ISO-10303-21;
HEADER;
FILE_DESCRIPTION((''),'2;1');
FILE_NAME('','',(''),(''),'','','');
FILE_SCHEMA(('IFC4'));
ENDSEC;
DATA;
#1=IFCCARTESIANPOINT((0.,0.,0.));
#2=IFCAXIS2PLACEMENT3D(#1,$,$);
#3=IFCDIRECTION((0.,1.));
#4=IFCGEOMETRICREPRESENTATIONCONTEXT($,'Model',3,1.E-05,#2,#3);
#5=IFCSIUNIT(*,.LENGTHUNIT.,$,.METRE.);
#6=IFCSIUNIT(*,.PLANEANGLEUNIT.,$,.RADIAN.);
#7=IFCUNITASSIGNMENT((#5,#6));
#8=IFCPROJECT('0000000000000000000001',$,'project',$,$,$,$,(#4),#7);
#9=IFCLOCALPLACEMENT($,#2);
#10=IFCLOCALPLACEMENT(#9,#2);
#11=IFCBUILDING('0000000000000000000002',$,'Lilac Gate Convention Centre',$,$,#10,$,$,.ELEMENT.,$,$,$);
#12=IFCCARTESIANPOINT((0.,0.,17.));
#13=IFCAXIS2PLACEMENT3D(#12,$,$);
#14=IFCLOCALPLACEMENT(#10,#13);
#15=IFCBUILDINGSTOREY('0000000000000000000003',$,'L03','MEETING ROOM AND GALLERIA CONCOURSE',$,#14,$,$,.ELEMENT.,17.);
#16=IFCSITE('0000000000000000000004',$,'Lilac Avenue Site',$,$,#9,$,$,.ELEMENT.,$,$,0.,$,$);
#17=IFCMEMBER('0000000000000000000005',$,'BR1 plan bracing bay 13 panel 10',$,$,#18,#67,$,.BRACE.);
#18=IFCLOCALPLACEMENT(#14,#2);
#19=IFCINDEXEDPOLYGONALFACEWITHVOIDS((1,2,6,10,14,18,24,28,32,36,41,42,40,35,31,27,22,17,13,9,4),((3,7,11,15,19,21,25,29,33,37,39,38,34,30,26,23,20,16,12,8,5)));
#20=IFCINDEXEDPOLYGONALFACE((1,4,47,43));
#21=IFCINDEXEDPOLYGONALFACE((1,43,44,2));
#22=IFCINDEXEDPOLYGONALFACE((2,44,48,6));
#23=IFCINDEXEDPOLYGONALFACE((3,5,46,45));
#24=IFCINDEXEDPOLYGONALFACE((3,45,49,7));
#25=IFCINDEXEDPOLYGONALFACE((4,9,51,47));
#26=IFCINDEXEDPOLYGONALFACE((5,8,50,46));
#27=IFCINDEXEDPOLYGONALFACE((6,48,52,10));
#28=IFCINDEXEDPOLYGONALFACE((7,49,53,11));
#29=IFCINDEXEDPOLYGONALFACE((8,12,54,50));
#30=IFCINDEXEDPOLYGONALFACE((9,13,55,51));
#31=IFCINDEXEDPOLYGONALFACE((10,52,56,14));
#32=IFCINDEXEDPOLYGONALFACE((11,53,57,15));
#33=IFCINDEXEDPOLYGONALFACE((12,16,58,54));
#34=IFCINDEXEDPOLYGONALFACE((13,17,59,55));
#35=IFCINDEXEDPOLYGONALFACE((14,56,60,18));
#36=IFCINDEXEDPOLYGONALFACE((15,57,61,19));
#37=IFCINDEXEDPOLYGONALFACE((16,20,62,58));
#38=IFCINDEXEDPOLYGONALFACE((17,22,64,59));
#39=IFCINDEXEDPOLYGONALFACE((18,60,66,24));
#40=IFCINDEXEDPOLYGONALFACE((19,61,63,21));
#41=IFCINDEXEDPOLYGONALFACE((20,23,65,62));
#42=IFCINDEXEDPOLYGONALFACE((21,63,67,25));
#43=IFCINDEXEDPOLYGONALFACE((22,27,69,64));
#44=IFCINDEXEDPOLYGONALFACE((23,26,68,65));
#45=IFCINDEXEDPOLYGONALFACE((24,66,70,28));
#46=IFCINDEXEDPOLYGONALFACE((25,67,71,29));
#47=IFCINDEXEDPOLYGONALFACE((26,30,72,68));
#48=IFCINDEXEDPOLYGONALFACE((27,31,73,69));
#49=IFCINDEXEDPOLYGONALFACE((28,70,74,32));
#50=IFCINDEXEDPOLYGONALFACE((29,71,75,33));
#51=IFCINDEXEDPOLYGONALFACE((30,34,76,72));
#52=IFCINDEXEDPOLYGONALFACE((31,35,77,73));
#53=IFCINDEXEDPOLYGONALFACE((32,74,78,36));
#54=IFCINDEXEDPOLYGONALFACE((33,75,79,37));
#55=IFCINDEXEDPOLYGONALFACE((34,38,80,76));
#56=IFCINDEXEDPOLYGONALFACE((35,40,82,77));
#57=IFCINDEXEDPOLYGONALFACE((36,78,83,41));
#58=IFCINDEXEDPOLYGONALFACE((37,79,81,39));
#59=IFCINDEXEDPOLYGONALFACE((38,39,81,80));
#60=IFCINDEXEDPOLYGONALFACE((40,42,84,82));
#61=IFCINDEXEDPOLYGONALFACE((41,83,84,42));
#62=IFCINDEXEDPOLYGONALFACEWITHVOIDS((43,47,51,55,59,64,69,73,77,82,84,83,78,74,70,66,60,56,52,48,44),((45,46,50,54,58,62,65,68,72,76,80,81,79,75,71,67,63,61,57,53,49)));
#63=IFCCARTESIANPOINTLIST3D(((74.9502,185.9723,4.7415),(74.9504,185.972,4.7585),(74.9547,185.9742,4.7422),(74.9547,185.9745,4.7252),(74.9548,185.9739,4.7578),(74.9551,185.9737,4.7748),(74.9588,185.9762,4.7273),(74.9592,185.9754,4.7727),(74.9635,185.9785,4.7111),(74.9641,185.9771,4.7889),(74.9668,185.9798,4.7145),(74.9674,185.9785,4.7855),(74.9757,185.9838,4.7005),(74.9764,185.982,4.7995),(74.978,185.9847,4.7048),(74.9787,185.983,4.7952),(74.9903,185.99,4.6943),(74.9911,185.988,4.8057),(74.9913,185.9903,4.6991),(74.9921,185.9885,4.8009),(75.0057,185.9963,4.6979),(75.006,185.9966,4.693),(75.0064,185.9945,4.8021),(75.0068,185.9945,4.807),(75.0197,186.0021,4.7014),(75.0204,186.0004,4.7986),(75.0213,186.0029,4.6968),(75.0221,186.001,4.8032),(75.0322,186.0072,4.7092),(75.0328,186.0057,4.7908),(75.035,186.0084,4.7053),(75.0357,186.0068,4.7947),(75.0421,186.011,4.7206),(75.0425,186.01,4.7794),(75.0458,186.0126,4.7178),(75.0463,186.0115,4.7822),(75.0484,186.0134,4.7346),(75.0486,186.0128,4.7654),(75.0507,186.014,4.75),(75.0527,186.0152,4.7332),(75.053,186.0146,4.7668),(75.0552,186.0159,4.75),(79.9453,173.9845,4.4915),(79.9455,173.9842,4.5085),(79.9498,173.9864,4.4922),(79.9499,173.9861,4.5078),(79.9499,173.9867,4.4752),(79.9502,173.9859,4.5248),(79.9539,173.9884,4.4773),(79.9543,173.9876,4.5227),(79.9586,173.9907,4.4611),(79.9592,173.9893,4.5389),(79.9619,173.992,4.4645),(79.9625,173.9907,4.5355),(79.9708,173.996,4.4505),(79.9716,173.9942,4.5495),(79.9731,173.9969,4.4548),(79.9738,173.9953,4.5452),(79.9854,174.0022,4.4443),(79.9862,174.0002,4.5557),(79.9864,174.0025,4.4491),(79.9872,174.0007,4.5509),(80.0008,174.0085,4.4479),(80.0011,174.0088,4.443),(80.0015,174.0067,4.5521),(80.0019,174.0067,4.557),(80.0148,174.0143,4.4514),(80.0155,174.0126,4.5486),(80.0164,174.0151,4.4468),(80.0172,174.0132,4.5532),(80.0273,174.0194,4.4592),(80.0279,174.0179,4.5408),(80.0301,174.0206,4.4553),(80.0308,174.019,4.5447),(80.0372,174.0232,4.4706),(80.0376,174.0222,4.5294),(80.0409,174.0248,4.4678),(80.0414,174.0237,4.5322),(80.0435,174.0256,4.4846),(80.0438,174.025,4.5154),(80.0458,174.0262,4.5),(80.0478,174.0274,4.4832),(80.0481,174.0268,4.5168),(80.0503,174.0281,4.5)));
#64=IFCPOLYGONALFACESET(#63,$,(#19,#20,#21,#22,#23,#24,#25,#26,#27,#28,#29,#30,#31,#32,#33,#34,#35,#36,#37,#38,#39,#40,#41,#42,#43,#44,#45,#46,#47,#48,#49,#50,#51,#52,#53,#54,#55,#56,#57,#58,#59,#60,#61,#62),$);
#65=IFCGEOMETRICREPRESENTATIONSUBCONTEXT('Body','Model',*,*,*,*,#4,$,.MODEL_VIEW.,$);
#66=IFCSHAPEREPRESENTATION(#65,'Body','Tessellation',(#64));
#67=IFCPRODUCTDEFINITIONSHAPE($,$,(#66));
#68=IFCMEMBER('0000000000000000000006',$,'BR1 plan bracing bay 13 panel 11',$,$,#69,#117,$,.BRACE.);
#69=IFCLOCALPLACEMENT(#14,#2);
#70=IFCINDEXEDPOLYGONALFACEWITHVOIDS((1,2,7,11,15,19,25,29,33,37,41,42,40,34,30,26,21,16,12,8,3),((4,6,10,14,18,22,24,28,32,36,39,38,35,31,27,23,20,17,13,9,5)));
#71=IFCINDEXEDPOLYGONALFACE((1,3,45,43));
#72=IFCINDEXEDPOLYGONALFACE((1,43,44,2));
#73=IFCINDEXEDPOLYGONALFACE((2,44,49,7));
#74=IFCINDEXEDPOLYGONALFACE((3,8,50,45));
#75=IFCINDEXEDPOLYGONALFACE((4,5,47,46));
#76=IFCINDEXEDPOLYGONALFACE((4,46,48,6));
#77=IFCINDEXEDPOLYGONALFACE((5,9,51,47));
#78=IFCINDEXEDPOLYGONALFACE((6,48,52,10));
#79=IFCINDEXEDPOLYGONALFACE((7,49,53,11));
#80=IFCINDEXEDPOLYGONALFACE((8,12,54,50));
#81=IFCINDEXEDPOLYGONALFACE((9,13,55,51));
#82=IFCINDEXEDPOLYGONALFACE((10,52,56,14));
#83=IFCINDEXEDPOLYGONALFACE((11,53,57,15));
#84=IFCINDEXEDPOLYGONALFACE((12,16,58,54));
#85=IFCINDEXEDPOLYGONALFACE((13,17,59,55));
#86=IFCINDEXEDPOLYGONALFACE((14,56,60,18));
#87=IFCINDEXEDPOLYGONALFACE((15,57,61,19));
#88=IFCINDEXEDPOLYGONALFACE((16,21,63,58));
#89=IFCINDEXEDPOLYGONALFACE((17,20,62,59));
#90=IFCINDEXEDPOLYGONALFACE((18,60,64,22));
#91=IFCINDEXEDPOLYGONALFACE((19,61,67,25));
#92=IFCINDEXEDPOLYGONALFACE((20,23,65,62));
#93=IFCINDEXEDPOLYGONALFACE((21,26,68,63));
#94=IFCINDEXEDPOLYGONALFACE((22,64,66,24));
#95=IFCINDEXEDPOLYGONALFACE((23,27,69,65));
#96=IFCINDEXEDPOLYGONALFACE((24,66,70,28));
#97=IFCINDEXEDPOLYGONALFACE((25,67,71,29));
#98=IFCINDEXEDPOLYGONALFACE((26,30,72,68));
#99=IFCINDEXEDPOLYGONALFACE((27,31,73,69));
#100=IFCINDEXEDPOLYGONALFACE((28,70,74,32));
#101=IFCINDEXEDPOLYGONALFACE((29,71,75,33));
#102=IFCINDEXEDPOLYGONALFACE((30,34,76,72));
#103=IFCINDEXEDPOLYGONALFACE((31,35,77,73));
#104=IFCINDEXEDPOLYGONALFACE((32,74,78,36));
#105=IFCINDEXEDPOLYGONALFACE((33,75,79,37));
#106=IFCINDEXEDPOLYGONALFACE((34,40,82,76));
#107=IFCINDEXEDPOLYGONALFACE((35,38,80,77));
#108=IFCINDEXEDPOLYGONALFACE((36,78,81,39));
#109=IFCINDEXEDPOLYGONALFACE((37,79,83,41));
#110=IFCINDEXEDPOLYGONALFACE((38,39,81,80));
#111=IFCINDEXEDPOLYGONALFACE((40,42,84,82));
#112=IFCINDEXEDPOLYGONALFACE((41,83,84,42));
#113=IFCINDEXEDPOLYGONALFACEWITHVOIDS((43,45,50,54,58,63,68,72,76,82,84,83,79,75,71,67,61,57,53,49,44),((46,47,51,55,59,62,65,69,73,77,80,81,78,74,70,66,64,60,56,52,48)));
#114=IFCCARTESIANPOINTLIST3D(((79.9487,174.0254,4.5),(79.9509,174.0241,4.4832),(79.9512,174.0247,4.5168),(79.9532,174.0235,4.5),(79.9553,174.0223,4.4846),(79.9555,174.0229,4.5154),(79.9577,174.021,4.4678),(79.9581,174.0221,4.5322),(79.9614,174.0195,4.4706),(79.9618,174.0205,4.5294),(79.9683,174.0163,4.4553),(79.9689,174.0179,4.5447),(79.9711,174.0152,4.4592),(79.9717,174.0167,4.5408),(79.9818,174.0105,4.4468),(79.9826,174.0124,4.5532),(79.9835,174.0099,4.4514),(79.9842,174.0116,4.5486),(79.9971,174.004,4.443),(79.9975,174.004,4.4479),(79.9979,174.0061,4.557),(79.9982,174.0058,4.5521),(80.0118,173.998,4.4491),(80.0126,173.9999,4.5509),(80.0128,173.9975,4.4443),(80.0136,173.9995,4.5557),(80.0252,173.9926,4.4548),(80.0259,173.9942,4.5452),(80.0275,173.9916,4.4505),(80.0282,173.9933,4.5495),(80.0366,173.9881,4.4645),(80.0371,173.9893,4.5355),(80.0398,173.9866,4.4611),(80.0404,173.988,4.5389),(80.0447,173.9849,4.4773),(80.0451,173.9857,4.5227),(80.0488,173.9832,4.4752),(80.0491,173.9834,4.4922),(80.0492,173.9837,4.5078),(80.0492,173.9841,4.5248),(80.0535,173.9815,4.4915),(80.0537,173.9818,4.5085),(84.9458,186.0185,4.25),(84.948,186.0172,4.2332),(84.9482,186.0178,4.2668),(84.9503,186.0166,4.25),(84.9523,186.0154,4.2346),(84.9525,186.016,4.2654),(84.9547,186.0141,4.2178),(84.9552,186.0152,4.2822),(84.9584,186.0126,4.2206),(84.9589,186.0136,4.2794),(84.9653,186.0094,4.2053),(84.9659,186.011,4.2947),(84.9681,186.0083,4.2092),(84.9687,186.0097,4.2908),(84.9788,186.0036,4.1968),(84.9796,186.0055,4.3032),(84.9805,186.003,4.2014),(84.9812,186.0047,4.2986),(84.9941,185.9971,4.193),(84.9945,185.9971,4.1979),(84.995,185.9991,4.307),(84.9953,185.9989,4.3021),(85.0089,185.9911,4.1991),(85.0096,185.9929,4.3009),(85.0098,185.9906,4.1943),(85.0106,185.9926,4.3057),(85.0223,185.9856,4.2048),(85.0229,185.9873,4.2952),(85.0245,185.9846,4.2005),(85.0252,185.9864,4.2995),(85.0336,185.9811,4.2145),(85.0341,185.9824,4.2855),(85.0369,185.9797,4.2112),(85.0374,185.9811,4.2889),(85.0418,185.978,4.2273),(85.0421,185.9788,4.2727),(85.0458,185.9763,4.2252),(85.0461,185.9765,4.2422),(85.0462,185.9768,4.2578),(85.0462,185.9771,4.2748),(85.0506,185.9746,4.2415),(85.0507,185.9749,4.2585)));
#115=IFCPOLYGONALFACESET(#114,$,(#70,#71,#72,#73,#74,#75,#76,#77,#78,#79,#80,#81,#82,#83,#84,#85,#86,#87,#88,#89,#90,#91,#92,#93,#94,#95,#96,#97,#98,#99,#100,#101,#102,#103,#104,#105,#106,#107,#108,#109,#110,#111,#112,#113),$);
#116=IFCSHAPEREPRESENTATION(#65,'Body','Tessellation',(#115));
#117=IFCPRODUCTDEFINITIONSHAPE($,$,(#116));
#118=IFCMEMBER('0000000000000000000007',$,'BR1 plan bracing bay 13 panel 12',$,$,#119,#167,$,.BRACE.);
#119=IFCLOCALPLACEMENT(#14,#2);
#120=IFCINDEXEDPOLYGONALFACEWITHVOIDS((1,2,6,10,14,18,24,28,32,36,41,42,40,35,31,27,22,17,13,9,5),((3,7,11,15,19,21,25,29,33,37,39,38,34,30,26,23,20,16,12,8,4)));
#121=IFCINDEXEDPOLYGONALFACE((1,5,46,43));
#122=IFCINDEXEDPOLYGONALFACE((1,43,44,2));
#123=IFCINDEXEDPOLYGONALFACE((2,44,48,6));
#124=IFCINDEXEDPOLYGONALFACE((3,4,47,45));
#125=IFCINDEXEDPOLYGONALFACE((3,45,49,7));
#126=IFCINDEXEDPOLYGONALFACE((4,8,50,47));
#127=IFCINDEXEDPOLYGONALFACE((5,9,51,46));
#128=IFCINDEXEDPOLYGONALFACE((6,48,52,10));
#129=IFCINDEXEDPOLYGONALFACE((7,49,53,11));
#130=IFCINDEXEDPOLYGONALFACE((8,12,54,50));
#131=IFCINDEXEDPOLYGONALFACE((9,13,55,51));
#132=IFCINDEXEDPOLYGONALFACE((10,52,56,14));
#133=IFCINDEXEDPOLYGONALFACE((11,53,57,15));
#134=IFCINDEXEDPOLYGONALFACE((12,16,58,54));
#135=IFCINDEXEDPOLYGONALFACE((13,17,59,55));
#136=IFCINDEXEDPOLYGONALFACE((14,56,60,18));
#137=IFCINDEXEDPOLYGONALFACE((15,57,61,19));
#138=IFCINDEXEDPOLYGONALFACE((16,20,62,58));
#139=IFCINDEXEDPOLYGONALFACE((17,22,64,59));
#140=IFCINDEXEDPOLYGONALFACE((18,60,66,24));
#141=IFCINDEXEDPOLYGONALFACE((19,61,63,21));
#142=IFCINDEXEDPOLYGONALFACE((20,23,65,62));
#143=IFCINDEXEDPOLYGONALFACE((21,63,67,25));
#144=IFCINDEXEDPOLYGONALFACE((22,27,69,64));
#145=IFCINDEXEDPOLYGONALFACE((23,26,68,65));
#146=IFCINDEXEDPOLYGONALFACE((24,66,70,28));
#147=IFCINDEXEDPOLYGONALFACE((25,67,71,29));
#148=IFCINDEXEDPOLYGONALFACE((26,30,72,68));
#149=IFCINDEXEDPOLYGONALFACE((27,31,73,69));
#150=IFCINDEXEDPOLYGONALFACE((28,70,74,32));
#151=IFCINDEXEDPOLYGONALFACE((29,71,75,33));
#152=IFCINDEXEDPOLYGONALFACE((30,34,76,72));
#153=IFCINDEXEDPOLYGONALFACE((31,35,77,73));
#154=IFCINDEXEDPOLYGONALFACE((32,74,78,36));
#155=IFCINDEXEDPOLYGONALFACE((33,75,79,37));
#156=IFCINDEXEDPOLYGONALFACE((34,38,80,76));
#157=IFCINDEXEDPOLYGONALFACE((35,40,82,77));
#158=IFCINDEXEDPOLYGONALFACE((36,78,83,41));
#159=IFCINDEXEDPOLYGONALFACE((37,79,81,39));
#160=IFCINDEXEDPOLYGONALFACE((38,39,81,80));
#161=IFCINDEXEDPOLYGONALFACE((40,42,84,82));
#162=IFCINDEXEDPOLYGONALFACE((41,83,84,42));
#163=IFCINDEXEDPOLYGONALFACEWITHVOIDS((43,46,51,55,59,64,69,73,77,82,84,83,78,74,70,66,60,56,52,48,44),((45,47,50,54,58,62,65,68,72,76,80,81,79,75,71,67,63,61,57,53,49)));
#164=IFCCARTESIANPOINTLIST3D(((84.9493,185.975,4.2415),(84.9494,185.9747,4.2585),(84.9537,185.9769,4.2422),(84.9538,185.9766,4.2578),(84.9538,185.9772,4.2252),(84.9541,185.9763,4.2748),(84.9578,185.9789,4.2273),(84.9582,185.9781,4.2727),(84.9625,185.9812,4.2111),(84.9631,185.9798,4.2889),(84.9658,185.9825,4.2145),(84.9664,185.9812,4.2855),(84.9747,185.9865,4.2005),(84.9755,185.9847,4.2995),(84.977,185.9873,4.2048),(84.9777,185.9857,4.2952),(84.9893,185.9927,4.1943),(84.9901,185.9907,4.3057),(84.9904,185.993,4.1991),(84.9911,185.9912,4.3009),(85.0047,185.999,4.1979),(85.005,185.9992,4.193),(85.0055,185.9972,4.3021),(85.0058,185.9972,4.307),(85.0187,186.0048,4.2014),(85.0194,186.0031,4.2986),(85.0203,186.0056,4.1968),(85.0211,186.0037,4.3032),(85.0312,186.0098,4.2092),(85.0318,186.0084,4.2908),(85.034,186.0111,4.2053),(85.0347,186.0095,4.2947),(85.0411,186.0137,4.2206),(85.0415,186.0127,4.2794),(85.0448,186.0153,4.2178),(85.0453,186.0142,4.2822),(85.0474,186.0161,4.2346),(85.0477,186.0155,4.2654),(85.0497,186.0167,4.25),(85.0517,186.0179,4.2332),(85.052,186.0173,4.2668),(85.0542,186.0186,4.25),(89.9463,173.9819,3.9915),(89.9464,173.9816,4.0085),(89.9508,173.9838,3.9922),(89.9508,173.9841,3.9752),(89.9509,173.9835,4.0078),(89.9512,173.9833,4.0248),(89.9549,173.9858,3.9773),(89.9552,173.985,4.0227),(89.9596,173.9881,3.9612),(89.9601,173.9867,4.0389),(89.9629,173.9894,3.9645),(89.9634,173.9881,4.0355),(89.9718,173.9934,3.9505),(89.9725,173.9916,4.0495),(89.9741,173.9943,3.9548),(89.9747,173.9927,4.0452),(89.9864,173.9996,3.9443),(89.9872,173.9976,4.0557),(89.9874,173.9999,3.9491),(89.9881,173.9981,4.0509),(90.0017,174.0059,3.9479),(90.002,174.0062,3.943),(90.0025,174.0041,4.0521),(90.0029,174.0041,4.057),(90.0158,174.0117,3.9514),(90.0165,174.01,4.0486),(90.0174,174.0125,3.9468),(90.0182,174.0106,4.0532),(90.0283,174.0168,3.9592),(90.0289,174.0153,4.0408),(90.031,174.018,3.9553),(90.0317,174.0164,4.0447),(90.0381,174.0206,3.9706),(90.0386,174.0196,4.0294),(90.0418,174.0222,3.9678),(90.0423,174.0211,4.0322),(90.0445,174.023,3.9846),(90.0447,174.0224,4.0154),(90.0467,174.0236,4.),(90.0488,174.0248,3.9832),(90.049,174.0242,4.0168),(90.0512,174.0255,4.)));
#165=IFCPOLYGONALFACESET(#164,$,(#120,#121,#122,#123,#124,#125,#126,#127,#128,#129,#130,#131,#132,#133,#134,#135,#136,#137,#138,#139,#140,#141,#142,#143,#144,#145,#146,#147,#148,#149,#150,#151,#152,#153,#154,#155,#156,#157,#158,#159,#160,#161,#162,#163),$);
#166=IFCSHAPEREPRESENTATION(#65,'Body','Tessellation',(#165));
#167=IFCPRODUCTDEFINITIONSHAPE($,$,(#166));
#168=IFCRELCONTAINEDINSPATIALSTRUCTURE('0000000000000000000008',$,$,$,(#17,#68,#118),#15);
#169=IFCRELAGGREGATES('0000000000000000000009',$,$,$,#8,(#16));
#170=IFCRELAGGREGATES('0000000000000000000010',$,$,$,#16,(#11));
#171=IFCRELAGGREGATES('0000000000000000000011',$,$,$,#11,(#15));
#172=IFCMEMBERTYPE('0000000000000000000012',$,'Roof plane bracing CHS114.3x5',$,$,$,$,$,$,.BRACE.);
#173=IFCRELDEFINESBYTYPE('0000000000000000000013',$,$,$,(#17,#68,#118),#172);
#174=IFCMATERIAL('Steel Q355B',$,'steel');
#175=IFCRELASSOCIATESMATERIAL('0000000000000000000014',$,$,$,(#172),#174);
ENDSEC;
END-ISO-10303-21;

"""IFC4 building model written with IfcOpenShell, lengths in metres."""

from ifc_helpers import new_model, si_unit, direction, frame, origin, origin_2d, place, context, subcontext, project, spatial, hollow_circle, extrude, material, material_profile, profile_set, type_object, element, save


model = new_model("IFC4")

# Units and contexts
model_context = context("Model", 3, precision=1e-05, world=origin(), true_north=direction((0.0, 1.0)))
body_context = subcontext(model_context, "Body", "Model", "MODEL_VIEW")
ifc_project = project(units=[si_unit("LENGTHUNIT", "METRE"), si_unit("PLANEANGLEUNIT", "RADIAN")], contexts=[model_context])

# Site, building, storey
site_placement = place(None, origin())
site = spatial("IfcSite", under=ifc_project, at=site_placement, Name="Lilac Avenue Site", CompositionType="ELEMENT", RefElevation=0.0)
building_placement = place(site_placement, origin())
building = spatial("IfcBuilding", under=site, at=building_placement, Name="Lilac Gate Convention Centre", CompositionType="ELEMENT")
storey_placement = place(building_placement, frame((0.0, 0.0, 17.0)))
storey = spatial("IfcBuildingStorey", under=building, at=storey_placement, Name="L03", Description="MEETING ROOM AND GALLERIA CONCOURSE", CompositionType="ELEMENT", Elevation=17.0)

# Members
ifc_material = material(Name="Steel Q355B", Category="steel")
ifc_material_profile_1 = material_profile(ifc_material, hollow_circle(Radius=0.0571, WallThickness=0.0049, at=origin_2d()), Name="CHS114.3x5")
ifc_profile_set_1 = profile_set([ifc_material_profile_1], Name="Steel Q355B")
member_type_1 = type_object("IfcMemberType", Name="Roof plane bracing CHS114.3x5", PredefinedType="BRACE", material=ifc_profile_set_1)
member_1_placement = place(storey_placement, frame((75.0024, 185.9939, 4.75), z_axis=(0.384557, -0.9229, -0.019247), x_axis=(0.923071, 0.384629, 0.0)))
element("IfcMember", 1, at=member_1_placement, inside=storey, type_object=member_type_1, Name="BR1 plan bracing bay 13 panel 10", PredefinedType="BRACE", context=body_context, shape_type="SweptSolid", body=[
    extrude(hollow_circle(Radius=0.0571, WallThickness=0.0049, at=origin_2d()), origin(), (0.0, 0.0, 1.0), 12.9893),
])
for number, where, z_axis, x_axis, name in (
    (2, (80.0015, 174.0034, 4.5), (0.384539, 0.922908, -0.019238), (-0.923079, 0.38461, 0.0), "BR1 plan bracing bay 13 panel 11"),
    (3, (85.0015, 185.9966, 4.25), (0.384539, -0.922908, -0.019238), (0.923079, 0.38461, 0.0), "BR1 plan bracing bay 13 panel 12"),
):
    element("IfcMember", number, at=place(storey_placement, frame(where, z_axis=z_axis, x_axis=x_axis)), inside=storey, type_object=member_type_1, Name=name, PredefinedType="BRACE", context=body_context, shape_type="SweptSolid", body=[
        extrude(hollow_circle(Radius=0.0571, WallThickness=0.0049, at=origin_2d()), origin(), (0.0, 0.0, 1.0), 12.9949),
    ])

save(model, "model.ifc")
